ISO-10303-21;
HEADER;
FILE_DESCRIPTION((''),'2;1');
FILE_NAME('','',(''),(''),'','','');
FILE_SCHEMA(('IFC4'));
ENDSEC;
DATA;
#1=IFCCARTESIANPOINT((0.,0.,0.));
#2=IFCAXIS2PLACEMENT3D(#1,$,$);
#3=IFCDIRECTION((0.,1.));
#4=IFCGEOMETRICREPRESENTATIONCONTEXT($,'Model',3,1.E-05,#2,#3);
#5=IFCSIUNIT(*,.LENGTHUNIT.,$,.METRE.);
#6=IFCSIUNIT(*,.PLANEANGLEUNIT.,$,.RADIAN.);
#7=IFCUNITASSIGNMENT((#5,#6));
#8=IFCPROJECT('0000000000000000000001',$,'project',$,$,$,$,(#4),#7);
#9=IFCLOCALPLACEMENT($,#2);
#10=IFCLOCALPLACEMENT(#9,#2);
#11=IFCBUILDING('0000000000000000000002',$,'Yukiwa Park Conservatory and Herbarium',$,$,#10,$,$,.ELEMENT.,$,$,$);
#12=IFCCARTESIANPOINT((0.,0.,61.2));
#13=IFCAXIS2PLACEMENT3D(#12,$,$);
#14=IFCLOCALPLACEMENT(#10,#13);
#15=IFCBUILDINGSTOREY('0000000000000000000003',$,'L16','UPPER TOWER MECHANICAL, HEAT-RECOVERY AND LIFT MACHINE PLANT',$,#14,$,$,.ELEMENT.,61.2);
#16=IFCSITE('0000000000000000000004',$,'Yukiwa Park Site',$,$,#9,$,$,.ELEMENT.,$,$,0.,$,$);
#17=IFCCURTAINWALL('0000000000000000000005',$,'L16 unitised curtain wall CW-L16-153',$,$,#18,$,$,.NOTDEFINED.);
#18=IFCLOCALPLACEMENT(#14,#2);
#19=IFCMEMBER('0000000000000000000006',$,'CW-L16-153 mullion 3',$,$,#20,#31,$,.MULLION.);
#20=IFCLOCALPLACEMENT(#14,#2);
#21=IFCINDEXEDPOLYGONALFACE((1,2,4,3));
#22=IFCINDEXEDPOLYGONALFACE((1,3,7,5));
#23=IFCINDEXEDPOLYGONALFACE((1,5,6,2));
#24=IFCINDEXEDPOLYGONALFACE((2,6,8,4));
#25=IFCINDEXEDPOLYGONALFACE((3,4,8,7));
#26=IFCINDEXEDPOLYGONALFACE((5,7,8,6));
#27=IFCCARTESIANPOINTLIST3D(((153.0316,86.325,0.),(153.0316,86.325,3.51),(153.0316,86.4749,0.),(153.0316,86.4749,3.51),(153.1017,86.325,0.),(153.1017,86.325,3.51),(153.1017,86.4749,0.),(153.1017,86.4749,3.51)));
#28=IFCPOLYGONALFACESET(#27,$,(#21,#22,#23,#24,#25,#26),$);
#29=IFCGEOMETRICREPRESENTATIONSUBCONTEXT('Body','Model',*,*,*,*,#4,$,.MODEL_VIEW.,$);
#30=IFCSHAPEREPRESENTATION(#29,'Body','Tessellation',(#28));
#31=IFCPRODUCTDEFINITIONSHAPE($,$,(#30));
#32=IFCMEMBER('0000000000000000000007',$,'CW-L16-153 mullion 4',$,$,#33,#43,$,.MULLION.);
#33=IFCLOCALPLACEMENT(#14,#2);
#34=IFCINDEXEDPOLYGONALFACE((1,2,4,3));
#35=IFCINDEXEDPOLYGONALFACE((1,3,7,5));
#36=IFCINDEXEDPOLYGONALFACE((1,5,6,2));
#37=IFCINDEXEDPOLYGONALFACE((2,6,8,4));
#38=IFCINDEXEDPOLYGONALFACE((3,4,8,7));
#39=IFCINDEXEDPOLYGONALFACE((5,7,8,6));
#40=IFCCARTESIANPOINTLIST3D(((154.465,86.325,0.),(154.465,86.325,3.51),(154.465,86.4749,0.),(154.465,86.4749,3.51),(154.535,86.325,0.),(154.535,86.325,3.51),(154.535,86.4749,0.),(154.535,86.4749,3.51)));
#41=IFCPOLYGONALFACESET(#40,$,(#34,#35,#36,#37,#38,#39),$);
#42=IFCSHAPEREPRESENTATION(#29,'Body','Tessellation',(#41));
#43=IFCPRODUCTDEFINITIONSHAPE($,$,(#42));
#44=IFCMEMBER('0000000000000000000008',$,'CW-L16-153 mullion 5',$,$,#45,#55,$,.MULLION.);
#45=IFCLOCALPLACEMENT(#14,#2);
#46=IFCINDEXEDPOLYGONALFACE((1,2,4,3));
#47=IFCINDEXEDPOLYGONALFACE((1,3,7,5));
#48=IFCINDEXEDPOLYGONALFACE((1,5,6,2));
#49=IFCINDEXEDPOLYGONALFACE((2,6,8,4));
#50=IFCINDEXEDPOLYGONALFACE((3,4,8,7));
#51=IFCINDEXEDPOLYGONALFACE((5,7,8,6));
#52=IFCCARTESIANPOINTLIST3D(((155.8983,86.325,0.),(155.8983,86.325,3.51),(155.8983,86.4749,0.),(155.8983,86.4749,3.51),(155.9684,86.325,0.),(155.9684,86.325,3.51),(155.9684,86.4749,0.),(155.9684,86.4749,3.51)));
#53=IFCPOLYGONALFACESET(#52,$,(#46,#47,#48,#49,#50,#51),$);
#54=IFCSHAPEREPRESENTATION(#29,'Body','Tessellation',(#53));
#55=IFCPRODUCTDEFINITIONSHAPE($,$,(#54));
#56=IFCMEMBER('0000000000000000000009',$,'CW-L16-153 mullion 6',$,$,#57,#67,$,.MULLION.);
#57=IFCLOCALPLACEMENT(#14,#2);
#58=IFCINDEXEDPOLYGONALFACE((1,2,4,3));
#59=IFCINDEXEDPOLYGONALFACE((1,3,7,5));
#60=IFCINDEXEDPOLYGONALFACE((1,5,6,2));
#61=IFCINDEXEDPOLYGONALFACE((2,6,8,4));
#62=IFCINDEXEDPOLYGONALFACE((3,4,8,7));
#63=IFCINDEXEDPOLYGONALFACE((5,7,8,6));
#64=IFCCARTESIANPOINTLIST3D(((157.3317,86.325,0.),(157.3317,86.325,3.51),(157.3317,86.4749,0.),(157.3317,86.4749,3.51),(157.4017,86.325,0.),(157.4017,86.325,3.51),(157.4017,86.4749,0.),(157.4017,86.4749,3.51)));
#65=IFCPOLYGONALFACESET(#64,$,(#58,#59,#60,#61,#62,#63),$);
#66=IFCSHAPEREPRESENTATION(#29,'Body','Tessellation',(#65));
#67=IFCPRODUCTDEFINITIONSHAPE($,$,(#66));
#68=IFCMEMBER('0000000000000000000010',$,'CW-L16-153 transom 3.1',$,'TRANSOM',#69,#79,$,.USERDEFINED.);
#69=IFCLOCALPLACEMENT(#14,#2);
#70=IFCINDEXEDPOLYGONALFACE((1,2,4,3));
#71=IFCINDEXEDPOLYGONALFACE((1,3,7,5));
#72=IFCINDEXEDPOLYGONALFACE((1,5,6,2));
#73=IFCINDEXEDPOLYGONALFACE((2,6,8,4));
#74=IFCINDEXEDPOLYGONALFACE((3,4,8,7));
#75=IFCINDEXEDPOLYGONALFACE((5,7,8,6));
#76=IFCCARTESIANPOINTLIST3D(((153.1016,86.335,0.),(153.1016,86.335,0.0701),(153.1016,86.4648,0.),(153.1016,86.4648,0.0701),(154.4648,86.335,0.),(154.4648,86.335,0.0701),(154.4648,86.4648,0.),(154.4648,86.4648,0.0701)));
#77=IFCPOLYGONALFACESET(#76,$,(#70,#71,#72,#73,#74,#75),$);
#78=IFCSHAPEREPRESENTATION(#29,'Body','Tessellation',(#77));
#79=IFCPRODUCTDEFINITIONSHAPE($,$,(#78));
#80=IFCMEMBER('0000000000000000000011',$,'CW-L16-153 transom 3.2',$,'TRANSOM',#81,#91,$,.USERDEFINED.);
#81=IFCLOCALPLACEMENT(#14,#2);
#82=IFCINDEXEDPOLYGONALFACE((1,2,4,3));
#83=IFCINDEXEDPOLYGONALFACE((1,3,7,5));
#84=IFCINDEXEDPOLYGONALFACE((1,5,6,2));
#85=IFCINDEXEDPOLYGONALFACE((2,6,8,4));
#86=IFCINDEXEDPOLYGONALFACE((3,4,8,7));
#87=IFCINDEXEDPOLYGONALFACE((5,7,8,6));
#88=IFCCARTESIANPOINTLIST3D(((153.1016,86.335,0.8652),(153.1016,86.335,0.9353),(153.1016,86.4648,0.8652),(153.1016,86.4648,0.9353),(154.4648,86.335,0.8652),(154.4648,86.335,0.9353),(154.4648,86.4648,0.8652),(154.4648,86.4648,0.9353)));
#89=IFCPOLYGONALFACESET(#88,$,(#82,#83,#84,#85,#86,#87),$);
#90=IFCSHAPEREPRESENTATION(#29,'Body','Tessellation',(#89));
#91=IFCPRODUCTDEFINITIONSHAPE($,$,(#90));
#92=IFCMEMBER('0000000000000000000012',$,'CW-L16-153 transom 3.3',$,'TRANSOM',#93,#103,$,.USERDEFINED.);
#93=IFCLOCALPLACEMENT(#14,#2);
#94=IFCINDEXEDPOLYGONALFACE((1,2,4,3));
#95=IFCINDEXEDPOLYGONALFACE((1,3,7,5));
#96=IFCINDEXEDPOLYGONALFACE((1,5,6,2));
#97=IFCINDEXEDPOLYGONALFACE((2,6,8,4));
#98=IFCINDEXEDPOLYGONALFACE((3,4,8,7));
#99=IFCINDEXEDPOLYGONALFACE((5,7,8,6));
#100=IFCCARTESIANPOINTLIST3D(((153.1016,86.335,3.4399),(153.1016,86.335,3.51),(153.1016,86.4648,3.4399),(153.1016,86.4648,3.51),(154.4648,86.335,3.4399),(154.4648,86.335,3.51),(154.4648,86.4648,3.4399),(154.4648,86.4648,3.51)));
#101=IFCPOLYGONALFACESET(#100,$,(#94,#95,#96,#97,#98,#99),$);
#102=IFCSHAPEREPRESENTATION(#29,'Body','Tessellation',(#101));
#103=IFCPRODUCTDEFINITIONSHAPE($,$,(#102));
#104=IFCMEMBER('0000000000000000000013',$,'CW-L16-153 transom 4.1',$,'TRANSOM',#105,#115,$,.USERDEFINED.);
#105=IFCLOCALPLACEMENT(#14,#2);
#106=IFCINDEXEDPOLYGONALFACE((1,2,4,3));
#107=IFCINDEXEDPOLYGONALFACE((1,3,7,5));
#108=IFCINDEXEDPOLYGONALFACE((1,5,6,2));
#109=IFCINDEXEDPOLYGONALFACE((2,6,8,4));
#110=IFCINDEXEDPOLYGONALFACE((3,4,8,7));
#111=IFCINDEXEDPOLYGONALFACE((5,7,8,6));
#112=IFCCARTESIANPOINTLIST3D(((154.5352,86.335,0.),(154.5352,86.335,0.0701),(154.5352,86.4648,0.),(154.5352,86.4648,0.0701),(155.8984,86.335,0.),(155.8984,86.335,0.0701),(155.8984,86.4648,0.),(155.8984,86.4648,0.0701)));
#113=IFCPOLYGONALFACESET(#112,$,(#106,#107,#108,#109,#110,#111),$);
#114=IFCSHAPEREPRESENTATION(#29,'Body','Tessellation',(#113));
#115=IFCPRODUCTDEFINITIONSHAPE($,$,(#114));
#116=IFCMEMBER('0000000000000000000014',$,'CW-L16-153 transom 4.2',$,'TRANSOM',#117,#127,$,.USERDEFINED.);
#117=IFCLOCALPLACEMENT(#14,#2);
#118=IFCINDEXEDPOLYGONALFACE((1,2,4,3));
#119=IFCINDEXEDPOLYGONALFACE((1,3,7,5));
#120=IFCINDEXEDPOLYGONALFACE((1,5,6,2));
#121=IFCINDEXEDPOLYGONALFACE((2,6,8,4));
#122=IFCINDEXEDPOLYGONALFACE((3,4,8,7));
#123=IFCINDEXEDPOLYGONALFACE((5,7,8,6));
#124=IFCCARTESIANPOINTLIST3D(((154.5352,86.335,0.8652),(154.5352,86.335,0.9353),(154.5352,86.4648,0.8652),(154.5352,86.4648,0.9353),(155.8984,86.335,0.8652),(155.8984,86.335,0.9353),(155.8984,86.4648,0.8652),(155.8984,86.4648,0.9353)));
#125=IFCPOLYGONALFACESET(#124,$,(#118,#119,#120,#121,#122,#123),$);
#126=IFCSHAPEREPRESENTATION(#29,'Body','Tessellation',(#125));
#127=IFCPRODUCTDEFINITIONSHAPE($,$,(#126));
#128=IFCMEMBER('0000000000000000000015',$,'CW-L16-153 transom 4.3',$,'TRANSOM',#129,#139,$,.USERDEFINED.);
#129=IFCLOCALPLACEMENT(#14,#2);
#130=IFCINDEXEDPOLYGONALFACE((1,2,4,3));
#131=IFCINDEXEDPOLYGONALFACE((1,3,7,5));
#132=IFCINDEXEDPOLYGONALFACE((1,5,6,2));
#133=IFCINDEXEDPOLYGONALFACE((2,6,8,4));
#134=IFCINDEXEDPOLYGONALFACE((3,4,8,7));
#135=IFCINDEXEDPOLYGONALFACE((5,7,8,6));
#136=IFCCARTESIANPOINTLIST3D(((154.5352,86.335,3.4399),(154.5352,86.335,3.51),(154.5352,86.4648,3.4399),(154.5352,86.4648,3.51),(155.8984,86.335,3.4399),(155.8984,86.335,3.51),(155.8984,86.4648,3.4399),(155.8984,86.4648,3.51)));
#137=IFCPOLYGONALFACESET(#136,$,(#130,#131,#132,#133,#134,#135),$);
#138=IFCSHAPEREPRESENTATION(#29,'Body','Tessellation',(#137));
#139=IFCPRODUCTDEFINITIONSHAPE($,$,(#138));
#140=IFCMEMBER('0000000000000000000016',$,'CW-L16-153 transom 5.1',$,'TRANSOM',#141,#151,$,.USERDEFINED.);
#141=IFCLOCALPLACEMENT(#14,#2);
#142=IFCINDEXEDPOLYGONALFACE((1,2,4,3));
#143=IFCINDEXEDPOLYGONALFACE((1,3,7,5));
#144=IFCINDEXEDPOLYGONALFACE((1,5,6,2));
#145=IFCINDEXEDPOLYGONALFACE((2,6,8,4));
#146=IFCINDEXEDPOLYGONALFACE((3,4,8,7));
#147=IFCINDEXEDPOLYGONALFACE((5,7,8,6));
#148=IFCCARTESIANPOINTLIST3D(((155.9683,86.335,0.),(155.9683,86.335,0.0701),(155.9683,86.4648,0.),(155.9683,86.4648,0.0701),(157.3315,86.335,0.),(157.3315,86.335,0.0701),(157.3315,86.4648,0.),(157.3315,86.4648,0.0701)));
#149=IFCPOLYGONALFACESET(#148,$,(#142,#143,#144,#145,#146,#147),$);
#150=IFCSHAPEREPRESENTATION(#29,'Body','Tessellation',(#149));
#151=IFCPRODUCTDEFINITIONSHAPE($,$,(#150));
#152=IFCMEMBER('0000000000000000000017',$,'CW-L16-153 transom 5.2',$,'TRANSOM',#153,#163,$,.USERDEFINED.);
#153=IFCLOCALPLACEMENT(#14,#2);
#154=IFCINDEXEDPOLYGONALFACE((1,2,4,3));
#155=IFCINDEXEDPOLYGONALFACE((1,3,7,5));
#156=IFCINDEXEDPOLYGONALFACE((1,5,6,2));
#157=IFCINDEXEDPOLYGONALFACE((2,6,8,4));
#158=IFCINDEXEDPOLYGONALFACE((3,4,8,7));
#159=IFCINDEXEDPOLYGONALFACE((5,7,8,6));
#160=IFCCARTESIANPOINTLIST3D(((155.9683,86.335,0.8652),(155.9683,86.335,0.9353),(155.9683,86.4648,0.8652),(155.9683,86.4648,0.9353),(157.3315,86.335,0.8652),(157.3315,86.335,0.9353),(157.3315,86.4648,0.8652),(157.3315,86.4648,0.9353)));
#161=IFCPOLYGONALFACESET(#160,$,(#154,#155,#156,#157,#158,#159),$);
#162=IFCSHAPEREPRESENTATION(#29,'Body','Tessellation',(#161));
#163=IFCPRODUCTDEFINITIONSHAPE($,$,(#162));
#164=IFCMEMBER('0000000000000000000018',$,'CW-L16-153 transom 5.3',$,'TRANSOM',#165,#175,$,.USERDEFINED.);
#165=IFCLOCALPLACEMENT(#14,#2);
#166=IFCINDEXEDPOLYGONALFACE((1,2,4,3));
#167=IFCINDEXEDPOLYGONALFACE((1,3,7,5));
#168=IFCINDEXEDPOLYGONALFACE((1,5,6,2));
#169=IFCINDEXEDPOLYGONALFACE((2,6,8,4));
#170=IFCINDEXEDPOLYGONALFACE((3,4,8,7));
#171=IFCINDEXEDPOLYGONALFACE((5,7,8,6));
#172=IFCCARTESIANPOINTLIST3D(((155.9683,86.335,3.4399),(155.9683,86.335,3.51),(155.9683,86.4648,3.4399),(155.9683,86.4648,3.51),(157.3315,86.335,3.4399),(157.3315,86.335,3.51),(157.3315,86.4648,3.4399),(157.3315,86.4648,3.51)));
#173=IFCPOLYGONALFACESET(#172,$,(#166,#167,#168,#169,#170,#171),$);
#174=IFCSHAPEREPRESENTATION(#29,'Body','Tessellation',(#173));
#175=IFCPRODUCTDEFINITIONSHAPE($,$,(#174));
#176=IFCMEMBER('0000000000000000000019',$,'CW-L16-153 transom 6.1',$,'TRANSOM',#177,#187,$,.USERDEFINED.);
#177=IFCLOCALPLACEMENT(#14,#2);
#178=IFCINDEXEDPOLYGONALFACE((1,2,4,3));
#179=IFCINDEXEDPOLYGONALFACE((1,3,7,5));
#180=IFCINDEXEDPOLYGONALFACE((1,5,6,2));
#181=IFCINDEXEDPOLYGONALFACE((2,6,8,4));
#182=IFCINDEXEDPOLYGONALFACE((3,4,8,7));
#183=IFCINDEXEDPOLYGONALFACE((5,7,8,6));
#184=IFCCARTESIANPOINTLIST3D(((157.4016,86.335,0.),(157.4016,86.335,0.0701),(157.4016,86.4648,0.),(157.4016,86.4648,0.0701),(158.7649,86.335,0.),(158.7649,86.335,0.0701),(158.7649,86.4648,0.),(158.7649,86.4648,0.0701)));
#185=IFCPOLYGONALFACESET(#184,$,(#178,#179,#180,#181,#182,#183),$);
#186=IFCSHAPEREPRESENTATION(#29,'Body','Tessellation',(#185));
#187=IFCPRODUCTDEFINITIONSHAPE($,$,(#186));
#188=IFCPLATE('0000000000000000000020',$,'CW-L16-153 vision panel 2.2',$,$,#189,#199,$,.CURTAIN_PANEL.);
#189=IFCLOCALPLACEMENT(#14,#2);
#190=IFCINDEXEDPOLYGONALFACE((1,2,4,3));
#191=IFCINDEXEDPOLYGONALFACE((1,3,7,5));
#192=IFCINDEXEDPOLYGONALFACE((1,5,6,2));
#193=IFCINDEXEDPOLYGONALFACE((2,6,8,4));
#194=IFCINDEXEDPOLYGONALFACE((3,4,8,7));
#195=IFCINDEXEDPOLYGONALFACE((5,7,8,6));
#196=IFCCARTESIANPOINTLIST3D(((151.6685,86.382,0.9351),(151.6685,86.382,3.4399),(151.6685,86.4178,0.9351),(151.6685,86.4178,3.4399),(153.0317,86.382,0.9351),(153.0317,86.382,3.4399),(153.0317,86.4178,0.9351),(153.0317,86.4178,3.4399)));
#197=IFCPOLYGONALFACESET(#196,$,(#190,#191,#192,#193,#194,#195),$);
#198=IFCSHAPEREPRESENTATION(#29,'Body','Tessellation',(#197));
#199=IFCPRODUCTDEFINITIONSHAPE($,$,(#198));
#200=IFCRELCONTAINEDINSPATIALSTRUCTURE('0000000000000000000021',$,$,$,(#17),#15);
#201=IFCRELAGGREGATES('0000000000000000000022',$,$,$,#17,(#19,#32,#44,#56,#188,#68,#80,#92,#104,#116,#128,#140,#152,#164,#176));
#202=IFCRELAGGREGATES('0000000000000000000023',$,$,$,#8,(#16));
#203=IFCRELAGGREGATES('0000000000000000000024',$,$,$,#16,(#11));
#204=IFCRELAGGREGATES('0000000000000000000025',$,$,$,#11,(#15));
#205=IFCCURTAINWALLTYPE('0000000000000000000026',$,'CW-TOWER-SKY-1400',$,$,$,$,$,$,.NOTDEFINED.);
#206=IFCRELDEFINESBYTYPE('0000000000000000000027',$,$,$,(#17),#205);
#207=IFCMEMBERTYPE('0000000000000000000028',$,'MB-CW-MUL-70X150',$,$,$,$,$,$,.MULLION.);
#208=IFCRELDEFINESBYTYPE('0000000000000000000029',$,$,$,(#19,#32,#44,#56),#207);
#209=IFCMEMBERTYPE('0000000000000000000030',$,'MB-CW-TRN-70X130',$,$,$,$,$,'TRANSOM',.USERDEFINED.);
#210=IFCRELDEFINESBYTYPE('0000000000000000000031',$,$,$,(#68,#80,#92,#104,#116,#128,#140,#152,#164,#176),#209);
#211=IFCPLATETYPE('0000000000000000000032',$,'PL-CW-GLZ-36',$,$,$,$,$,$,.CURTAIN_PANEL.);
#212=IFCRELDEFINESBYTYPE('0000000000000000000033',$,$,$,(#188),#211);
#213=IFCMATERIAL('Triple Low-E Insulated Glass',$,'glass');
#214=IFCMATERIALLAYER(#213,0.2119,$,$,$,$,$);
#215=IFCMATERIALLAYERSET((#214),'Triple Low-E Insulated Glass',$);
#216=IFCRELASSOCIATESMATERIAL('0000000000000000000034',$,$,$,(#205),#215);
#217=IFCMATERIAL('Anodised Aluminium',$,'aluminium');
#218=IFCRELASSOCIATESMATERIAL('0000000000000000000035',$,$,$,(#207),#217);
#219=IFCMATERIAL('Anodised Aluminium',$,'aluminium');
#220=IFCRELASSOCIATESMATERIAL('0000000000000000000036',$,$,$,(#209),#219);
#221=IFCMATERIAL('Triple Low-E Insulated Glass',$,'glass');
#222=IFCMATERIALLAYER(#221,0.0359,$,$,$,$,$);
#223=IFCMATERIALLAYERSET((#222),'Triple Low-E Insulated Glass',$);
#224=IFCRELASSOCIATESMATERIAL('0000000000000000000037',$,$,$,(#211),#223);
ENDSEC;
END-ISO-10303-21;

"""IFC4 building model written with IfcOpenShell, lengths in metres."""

from ifc_helpers import new_model, si_unit, direction, frame, origin, origin_2d, place, context, subcontext, project, spatial, rectangle, extrude, material, layer, layer_set, type_object, element, aggregate, save


model = new_model("IFC4")

# Units and contexts
model_context = context("Model", 3, precision=1e-05, world=origin(), true_north=direction((0.0, 1.0)))
body_context = subcontext(model_context, "Body", "Model", "MODEL_VIEW")
ifc_project = project(units=[si_unit("LENGTHUNIT", "METRE"), si_unit("PLANEANGLEUNIT", "RADIAN")], contexts=[model_context])

# Site, building, storey
site_placement = place(None, origin())
site = spatial("IfcSite", under=ifc_project, at=site_placement, Name="Yukiwa Park Site", CompositionType="ELEMENT", RefElevation=0.0)
building_placement = place(site_placement, origin())
building = spatial("IfcBuilding", under=site, at=building_placement, Name="Yukiwa Park Conservatory and Herbarium", CompositionType="ELEMENT")
storey_placement = place(building_placement, frame((0.0, 0.0, 61.2)))
storey = spatial("IfcBuildingStorey", under=building, at=storey_placement, Name="L16", Description="UPPER TOWER MECHANICAL, HEAT-RECOVERY AND LIFT MACHINE PLANT", CompositionType="ELEMENT", Elevation=61.2)

# Curtain wall, members, plate
ifc_material_1 = material(Name="Triple Low-E Insulated Glass", Category="glass")
ifc_layer_1 = layer(ifc_material_1, 0.2119)
ifc_layer_set_1 = layer_set([ifc_layer_1], Name="Triple Low-E Insulated Glass")
curtain_wall_type = type_object("IfcCurtainWallType", Name="CW-TOWER-SKY-1400", PredefinedType="NOTDEFINED", material=ifc_layer_set_1)
curtain_wall_placement = place(storey_placement, origin())
curtain_wall = element("IfcCurtainWall", 1, at=curtain_wall_placement, inside=storey, type_object=curtain_wall_type, Name="L16 unitised curtain wall CW-L16-153", PredefinedType="NOTDEFINED")
ifc_material_2 = material(Name="Anodised Aluminium", Category="aluminium")
member_type_1 = type_object("IfcMemberType", Name="MB-CW-MUL-70X150", PredefinedType="MULLION", material=ifc_material_2)
member_1_placement = place(storey_placement, frame((153.0667, 86.3999, 0.0), z_axis=(0.0, 0.0, 1.0), x_axis=(1.0, 0.0, 0.0)))
member_1 = element("IfcMember", 2, at=member_1_placement, type_object=member_type_1, Name="CW-L16-153 mullion 3", PredefinedType="MULLION", context=body_context, shape_type="SweptSolid", body=[
    extrude(rectangle(XDim=0.0701, YDim=0.1499, at=origin_2d()), origin(), (0.0, 0.0, 1.0), 3.51),
])
member_2_placement = place(storey_placement, frame((154.5, 86.3999, 0.0), z_axis=(0.0, 0.0, 1.0), x_axis=(1.0, 0.0, 0.0)))
member_2 = element("IfcMember", 3, at=member_2_placement, type_object=member_type_1, Name="CW-L16-153 mullion 4", PredefinedType="MULLION", context=body_context, shape_type="SweptSolid", body=[
    extrude(rectangle(XDim=0.0701, YDim=0.1499, at=origin_2d()), origin(), (0.0, 0.0, 1.0), 3.51),
])
member_3_placement = place(storey_placement, frame((155.9333, 86.3999, 0.0), z_axis=(0.0, 0.0, 1.0), x_axis=(1.0, 0.0, 0.0)))
member_3 = element("IfcMember", 4, at=member_3_placement, type_object=member_type_1, Name="CW-L16-153 mullion 5", PredefinedType="MULLION", context=body_context, shape_type="SweptSolid", body=[
    extrude(rectangle(XDim=0.0701, YDim=0.1499, at=origin_2d()), origin(), (0.0, 0.0, 1.0), 3.51),
])
member_4_placement = place(storey_placement, frame((157.3667, 86.3999, 0.0), z_axis=(0.0, 0.0, 1.0), x_axis=(1.0, 0.0, 0.0)))
member_4 = element("IfcMember", 5, at=member_4_placement, type_object=member_type_1, Name="CW-L16-153 mullion 6", PredefinedType="MULLION", context=body_context, shape_type="SweptSolid", body=[
    extrude(rectangle(XDim=0.0701, YDim=0.1499, at=origin_2d()), origin(), (0.0, 0.0, 1.0), 3.51),
])
ifc_material_3 = material(Name="Anodised Aluminium", Category="aluminium")
member_type_2 = type_object("IfcMemberType", Name="MB-CW-TRN-70X130", ElementType="TRANSOM", PredefinedType="USERDEFINED", material=ifc_material_3)
member_5_placement = place(storey_placement, frame((153.7832, 86.3999, 0.0), z_axis=(0.0, 0.0, 1.0), x_axis=(1.0, 0.0, 0.0)))
member_5 = element("IfcMember", 6, at=member_5_placement, type_object=member_type_2, Name="CW-L16-153 transom 3.1", ObjectType="TRANSOM", PredefinedType="USERDEFINED", context=body_context, shape_type="SweptSolid", body=[
    extrude(rectangle(XDim=1.3633, YDim=0.1299, at=origin_2d()), origin(), (0.0, 0.0, 1.0), 0.0701),
])
member_6_placement = place(storey_placement, frame((153.7832, 86.3999, 0.8652), z_axis=(0.0, 0.0, 1.0), x_axis=(1.0, 0.0, 0.0)))
member_6 = element("IfcMember", 7, at=member_6_placement, type_object=member_type_2, Name="CW-L16-153 transom 3.2", ObjectType="TRANSOM", PredefinedType="USERDEFINED", context=body_context, shape_type="SweptSolid", body=[
    extrude(rectangle(XDim=1.3633, YDim=0.1299, at=origin_2d()), origin(), (0.0, 0.0, 1.0), 0.0701),
])
member_7_placement = place(storey_placement, frame((153.7832, 86.3999, 3.4399), z_axis=(0.0, 0.0, 1.0), x_axis=(1.0, 0.0, 0.0)))
member_7 = element("IfcMember", 8, at=member_7_placement, type_object=member_type_2, Name="CW-L16-153 transom 3.3", ObjectType="TRANSOM", PredefinedType="USERDEFINED", context=body_context, shape_type="SweptSolid", body=[
    extrude(rectangle(XDim=1.3633, YDim=0.1299, at=origin_2d()), origin(), (0.0, 0.0, 1.0), 0.0701),
])
member_8_placement = place(storey_placement, frame((155.2168, 86.3999, 0.0), z_axis=(0.0, 0.0, 1.0), x_axis=(1.0, 0.0, 0.0)))
member_8 = element("IfcMember", 9, at=member_8_placement, type_object=member_type_2, Name="CW-L16-153 transom 4.1", ObjectType="TRANSOM", PredefinedType="USERDEFINED", context=body_context, shape_type="SweptSolid", body=[
    extrude(rectangle(XDim=1.3633, YDim=0.1299, at=origin_2d()), origin(), (0.0, 0.0, 1.0), 0.0701),
])
member_9_placement = place(storey_placement, frame((155.2168, 86.3999, 0.8652), z_axis=(0.0, 0.0, 1.0), x_axis=(1.0, 0.0, 0.0)))
member_9 = element("IfcMember", 10, at=member_9_placement, type_object=member_type_2, Name="CW-L16-153 transom 4.2", ObjectType="TRANSOM", PredefinedType="USERDEFINED", context=body_context, shape_type="SweptSolid", body=[
    extrude(rectangle(XDim=1.3633, YDim=0.1299, at=origin_2d()), origin(), (0.0, 0.0, 1.0), 0.0701),
])
member_10_placement = place(storey_placement, frame((155.2168, 86.3999, 3.4399), z_axis=(0.0, 0.0, 1.0), x_axis=(1.0, 0.0, 0.0)))
member_10 = element("IfcMember", 11, at=member_10_placement, type_object=member_type_2, Name="CW-L16-153 transom 4.3", ObjectType="TRANSOM", PredefinedType="USERDEFINED", context=body_context, shape_type="SweptSolid", body=[
    extrude(rectangle(XDim=1.3633, YDim=0.1299, at=origin_2d()), origin(), (0.0, 0.0, 1.0), 0.0701),
])
member_11_placement = place(storey_placement, frame((156.6499, 86.3999, 0.0), z_axis=(0.0, 0.0, 1.0), x_axis=(1.0, 0.0, 0.0)))
member_11 = element("IfcMember", 12, at=member_11_placement, type_object=member_type_2, Name="CW-L16-153 transom 5.1", ObjectType="TRANSOM", PredefinedType="USERDEFINED", context=body_context, shape_type="SweptSolid", body=[
    extrude(rectangle(XDim=1.3633, YDim=0.1299, at=origin_2d()), origin(), (0.0, 0.0, 1.0), 0.0701),
])
member_12_placement = place(storey_placement, frame((156.6499, 86.3999, 0.8652), z_axis=(0.0, 0.0, 1.0), x_axis=(1.0, 0.0, 0.0)))
member_12 = element("IfcMember", 13, at=member_12_placement, type_object=member_type_2, Name="CW-L16-153 transom 5.2", ObjectType="TRANSOM", PredefinedType="USERDEFINED", context=body_context, shape_type="SweptSolid", body=[
    extrude(rectangle(XDim=1.3633, YDim=0.1299, at=origin_2d()), origin(), (0.0, 0.0, 1.0), 0.0701),
])
member_13_placement = place(storey_placement, frame((156.6499, 86.3999, 3.4399), z_axis=(0.0, 0.0, 1.0), x_axis=(1.0, 0.0, 0.0)))
member_13 = element("IfcMember", 14, at=member_13_placement, type_object=member_type_2, Name="CW-L16-153 transom 5.3", ObjectType="TRANSOM", PredefinedType="USERDEFINED", context=body_context, shape_type="SweptSolid", body=[
    extrude(rectangle(XDim=1.3633, YDim=0.1299, at=origin_2d()), origin(), (0.0, 0.0, 1.0), 0.0701),
])
member_14_placement = place(storey_placement, frame((158.0833, 86.3999, 0.0), z_axis=(0.0, 0.0, 1.0), x_axis=(1.0, 0.0, 0.0)))
member_14 = element("IfcMember", 15, at=member_14_placement, type_object=member_type_2, Name="CW-L16-153 transom 6.1", ObjectType="TRANSOM", PredefinedType="USERDEFINED", context=body_context, shape_type="SweptSolid", body=[
    extrude(rectangle(XDim=1.3633, YDim=0.1299, at=origin_2d()), origin(), (0.0, 0.0, 1.0), 0.0701),
])
ifc_material_4 = material(Name="Triple Low-E Insulated Glass", Category="glass")
ifc_layer_2 = layer(ifc_material_4, 0.0359)
ifc_layer_set_2 = layer_set([ifc_layer_2], Name="Triple Low-E Insulated Glass")
plate_type_1 = type_object("IfcPlateType", Name="PL-CW-GLZ-36", PredefinedType="CURTAIN_PANEL", material=ifc_layer_set_2)
plate_1_placement = place(storey_placement, frame((152.3501, 86.3999, 0.9351), z_axis=(0.0, 0.0, 1.0), x_axis=(1.0, 0.0, 0.0)))
plate_1 = element("IfcPlate", 16, at=plate_1_placement, type_object=plate_type_1, Name="CW-L16-153 vision panel 2.2", PredefinedType="CURTAIN_PANEL", context=body_context, shape_type="SweptSolid", body=[
    extrude(rectangle(XDim=1.3633, YDim=0.0359, at=origin_2d()), origin(), (0.0, 0.0, 1.0), 2.5049),
])
aggregate(curtain_wall, [member_1, member_2, member_3, member_4, plate_1, member_5, member_6, member_7, member_8, member_9, member_10, member_11, member_12, member_13, member_14])

save(model, "model.ifc")
